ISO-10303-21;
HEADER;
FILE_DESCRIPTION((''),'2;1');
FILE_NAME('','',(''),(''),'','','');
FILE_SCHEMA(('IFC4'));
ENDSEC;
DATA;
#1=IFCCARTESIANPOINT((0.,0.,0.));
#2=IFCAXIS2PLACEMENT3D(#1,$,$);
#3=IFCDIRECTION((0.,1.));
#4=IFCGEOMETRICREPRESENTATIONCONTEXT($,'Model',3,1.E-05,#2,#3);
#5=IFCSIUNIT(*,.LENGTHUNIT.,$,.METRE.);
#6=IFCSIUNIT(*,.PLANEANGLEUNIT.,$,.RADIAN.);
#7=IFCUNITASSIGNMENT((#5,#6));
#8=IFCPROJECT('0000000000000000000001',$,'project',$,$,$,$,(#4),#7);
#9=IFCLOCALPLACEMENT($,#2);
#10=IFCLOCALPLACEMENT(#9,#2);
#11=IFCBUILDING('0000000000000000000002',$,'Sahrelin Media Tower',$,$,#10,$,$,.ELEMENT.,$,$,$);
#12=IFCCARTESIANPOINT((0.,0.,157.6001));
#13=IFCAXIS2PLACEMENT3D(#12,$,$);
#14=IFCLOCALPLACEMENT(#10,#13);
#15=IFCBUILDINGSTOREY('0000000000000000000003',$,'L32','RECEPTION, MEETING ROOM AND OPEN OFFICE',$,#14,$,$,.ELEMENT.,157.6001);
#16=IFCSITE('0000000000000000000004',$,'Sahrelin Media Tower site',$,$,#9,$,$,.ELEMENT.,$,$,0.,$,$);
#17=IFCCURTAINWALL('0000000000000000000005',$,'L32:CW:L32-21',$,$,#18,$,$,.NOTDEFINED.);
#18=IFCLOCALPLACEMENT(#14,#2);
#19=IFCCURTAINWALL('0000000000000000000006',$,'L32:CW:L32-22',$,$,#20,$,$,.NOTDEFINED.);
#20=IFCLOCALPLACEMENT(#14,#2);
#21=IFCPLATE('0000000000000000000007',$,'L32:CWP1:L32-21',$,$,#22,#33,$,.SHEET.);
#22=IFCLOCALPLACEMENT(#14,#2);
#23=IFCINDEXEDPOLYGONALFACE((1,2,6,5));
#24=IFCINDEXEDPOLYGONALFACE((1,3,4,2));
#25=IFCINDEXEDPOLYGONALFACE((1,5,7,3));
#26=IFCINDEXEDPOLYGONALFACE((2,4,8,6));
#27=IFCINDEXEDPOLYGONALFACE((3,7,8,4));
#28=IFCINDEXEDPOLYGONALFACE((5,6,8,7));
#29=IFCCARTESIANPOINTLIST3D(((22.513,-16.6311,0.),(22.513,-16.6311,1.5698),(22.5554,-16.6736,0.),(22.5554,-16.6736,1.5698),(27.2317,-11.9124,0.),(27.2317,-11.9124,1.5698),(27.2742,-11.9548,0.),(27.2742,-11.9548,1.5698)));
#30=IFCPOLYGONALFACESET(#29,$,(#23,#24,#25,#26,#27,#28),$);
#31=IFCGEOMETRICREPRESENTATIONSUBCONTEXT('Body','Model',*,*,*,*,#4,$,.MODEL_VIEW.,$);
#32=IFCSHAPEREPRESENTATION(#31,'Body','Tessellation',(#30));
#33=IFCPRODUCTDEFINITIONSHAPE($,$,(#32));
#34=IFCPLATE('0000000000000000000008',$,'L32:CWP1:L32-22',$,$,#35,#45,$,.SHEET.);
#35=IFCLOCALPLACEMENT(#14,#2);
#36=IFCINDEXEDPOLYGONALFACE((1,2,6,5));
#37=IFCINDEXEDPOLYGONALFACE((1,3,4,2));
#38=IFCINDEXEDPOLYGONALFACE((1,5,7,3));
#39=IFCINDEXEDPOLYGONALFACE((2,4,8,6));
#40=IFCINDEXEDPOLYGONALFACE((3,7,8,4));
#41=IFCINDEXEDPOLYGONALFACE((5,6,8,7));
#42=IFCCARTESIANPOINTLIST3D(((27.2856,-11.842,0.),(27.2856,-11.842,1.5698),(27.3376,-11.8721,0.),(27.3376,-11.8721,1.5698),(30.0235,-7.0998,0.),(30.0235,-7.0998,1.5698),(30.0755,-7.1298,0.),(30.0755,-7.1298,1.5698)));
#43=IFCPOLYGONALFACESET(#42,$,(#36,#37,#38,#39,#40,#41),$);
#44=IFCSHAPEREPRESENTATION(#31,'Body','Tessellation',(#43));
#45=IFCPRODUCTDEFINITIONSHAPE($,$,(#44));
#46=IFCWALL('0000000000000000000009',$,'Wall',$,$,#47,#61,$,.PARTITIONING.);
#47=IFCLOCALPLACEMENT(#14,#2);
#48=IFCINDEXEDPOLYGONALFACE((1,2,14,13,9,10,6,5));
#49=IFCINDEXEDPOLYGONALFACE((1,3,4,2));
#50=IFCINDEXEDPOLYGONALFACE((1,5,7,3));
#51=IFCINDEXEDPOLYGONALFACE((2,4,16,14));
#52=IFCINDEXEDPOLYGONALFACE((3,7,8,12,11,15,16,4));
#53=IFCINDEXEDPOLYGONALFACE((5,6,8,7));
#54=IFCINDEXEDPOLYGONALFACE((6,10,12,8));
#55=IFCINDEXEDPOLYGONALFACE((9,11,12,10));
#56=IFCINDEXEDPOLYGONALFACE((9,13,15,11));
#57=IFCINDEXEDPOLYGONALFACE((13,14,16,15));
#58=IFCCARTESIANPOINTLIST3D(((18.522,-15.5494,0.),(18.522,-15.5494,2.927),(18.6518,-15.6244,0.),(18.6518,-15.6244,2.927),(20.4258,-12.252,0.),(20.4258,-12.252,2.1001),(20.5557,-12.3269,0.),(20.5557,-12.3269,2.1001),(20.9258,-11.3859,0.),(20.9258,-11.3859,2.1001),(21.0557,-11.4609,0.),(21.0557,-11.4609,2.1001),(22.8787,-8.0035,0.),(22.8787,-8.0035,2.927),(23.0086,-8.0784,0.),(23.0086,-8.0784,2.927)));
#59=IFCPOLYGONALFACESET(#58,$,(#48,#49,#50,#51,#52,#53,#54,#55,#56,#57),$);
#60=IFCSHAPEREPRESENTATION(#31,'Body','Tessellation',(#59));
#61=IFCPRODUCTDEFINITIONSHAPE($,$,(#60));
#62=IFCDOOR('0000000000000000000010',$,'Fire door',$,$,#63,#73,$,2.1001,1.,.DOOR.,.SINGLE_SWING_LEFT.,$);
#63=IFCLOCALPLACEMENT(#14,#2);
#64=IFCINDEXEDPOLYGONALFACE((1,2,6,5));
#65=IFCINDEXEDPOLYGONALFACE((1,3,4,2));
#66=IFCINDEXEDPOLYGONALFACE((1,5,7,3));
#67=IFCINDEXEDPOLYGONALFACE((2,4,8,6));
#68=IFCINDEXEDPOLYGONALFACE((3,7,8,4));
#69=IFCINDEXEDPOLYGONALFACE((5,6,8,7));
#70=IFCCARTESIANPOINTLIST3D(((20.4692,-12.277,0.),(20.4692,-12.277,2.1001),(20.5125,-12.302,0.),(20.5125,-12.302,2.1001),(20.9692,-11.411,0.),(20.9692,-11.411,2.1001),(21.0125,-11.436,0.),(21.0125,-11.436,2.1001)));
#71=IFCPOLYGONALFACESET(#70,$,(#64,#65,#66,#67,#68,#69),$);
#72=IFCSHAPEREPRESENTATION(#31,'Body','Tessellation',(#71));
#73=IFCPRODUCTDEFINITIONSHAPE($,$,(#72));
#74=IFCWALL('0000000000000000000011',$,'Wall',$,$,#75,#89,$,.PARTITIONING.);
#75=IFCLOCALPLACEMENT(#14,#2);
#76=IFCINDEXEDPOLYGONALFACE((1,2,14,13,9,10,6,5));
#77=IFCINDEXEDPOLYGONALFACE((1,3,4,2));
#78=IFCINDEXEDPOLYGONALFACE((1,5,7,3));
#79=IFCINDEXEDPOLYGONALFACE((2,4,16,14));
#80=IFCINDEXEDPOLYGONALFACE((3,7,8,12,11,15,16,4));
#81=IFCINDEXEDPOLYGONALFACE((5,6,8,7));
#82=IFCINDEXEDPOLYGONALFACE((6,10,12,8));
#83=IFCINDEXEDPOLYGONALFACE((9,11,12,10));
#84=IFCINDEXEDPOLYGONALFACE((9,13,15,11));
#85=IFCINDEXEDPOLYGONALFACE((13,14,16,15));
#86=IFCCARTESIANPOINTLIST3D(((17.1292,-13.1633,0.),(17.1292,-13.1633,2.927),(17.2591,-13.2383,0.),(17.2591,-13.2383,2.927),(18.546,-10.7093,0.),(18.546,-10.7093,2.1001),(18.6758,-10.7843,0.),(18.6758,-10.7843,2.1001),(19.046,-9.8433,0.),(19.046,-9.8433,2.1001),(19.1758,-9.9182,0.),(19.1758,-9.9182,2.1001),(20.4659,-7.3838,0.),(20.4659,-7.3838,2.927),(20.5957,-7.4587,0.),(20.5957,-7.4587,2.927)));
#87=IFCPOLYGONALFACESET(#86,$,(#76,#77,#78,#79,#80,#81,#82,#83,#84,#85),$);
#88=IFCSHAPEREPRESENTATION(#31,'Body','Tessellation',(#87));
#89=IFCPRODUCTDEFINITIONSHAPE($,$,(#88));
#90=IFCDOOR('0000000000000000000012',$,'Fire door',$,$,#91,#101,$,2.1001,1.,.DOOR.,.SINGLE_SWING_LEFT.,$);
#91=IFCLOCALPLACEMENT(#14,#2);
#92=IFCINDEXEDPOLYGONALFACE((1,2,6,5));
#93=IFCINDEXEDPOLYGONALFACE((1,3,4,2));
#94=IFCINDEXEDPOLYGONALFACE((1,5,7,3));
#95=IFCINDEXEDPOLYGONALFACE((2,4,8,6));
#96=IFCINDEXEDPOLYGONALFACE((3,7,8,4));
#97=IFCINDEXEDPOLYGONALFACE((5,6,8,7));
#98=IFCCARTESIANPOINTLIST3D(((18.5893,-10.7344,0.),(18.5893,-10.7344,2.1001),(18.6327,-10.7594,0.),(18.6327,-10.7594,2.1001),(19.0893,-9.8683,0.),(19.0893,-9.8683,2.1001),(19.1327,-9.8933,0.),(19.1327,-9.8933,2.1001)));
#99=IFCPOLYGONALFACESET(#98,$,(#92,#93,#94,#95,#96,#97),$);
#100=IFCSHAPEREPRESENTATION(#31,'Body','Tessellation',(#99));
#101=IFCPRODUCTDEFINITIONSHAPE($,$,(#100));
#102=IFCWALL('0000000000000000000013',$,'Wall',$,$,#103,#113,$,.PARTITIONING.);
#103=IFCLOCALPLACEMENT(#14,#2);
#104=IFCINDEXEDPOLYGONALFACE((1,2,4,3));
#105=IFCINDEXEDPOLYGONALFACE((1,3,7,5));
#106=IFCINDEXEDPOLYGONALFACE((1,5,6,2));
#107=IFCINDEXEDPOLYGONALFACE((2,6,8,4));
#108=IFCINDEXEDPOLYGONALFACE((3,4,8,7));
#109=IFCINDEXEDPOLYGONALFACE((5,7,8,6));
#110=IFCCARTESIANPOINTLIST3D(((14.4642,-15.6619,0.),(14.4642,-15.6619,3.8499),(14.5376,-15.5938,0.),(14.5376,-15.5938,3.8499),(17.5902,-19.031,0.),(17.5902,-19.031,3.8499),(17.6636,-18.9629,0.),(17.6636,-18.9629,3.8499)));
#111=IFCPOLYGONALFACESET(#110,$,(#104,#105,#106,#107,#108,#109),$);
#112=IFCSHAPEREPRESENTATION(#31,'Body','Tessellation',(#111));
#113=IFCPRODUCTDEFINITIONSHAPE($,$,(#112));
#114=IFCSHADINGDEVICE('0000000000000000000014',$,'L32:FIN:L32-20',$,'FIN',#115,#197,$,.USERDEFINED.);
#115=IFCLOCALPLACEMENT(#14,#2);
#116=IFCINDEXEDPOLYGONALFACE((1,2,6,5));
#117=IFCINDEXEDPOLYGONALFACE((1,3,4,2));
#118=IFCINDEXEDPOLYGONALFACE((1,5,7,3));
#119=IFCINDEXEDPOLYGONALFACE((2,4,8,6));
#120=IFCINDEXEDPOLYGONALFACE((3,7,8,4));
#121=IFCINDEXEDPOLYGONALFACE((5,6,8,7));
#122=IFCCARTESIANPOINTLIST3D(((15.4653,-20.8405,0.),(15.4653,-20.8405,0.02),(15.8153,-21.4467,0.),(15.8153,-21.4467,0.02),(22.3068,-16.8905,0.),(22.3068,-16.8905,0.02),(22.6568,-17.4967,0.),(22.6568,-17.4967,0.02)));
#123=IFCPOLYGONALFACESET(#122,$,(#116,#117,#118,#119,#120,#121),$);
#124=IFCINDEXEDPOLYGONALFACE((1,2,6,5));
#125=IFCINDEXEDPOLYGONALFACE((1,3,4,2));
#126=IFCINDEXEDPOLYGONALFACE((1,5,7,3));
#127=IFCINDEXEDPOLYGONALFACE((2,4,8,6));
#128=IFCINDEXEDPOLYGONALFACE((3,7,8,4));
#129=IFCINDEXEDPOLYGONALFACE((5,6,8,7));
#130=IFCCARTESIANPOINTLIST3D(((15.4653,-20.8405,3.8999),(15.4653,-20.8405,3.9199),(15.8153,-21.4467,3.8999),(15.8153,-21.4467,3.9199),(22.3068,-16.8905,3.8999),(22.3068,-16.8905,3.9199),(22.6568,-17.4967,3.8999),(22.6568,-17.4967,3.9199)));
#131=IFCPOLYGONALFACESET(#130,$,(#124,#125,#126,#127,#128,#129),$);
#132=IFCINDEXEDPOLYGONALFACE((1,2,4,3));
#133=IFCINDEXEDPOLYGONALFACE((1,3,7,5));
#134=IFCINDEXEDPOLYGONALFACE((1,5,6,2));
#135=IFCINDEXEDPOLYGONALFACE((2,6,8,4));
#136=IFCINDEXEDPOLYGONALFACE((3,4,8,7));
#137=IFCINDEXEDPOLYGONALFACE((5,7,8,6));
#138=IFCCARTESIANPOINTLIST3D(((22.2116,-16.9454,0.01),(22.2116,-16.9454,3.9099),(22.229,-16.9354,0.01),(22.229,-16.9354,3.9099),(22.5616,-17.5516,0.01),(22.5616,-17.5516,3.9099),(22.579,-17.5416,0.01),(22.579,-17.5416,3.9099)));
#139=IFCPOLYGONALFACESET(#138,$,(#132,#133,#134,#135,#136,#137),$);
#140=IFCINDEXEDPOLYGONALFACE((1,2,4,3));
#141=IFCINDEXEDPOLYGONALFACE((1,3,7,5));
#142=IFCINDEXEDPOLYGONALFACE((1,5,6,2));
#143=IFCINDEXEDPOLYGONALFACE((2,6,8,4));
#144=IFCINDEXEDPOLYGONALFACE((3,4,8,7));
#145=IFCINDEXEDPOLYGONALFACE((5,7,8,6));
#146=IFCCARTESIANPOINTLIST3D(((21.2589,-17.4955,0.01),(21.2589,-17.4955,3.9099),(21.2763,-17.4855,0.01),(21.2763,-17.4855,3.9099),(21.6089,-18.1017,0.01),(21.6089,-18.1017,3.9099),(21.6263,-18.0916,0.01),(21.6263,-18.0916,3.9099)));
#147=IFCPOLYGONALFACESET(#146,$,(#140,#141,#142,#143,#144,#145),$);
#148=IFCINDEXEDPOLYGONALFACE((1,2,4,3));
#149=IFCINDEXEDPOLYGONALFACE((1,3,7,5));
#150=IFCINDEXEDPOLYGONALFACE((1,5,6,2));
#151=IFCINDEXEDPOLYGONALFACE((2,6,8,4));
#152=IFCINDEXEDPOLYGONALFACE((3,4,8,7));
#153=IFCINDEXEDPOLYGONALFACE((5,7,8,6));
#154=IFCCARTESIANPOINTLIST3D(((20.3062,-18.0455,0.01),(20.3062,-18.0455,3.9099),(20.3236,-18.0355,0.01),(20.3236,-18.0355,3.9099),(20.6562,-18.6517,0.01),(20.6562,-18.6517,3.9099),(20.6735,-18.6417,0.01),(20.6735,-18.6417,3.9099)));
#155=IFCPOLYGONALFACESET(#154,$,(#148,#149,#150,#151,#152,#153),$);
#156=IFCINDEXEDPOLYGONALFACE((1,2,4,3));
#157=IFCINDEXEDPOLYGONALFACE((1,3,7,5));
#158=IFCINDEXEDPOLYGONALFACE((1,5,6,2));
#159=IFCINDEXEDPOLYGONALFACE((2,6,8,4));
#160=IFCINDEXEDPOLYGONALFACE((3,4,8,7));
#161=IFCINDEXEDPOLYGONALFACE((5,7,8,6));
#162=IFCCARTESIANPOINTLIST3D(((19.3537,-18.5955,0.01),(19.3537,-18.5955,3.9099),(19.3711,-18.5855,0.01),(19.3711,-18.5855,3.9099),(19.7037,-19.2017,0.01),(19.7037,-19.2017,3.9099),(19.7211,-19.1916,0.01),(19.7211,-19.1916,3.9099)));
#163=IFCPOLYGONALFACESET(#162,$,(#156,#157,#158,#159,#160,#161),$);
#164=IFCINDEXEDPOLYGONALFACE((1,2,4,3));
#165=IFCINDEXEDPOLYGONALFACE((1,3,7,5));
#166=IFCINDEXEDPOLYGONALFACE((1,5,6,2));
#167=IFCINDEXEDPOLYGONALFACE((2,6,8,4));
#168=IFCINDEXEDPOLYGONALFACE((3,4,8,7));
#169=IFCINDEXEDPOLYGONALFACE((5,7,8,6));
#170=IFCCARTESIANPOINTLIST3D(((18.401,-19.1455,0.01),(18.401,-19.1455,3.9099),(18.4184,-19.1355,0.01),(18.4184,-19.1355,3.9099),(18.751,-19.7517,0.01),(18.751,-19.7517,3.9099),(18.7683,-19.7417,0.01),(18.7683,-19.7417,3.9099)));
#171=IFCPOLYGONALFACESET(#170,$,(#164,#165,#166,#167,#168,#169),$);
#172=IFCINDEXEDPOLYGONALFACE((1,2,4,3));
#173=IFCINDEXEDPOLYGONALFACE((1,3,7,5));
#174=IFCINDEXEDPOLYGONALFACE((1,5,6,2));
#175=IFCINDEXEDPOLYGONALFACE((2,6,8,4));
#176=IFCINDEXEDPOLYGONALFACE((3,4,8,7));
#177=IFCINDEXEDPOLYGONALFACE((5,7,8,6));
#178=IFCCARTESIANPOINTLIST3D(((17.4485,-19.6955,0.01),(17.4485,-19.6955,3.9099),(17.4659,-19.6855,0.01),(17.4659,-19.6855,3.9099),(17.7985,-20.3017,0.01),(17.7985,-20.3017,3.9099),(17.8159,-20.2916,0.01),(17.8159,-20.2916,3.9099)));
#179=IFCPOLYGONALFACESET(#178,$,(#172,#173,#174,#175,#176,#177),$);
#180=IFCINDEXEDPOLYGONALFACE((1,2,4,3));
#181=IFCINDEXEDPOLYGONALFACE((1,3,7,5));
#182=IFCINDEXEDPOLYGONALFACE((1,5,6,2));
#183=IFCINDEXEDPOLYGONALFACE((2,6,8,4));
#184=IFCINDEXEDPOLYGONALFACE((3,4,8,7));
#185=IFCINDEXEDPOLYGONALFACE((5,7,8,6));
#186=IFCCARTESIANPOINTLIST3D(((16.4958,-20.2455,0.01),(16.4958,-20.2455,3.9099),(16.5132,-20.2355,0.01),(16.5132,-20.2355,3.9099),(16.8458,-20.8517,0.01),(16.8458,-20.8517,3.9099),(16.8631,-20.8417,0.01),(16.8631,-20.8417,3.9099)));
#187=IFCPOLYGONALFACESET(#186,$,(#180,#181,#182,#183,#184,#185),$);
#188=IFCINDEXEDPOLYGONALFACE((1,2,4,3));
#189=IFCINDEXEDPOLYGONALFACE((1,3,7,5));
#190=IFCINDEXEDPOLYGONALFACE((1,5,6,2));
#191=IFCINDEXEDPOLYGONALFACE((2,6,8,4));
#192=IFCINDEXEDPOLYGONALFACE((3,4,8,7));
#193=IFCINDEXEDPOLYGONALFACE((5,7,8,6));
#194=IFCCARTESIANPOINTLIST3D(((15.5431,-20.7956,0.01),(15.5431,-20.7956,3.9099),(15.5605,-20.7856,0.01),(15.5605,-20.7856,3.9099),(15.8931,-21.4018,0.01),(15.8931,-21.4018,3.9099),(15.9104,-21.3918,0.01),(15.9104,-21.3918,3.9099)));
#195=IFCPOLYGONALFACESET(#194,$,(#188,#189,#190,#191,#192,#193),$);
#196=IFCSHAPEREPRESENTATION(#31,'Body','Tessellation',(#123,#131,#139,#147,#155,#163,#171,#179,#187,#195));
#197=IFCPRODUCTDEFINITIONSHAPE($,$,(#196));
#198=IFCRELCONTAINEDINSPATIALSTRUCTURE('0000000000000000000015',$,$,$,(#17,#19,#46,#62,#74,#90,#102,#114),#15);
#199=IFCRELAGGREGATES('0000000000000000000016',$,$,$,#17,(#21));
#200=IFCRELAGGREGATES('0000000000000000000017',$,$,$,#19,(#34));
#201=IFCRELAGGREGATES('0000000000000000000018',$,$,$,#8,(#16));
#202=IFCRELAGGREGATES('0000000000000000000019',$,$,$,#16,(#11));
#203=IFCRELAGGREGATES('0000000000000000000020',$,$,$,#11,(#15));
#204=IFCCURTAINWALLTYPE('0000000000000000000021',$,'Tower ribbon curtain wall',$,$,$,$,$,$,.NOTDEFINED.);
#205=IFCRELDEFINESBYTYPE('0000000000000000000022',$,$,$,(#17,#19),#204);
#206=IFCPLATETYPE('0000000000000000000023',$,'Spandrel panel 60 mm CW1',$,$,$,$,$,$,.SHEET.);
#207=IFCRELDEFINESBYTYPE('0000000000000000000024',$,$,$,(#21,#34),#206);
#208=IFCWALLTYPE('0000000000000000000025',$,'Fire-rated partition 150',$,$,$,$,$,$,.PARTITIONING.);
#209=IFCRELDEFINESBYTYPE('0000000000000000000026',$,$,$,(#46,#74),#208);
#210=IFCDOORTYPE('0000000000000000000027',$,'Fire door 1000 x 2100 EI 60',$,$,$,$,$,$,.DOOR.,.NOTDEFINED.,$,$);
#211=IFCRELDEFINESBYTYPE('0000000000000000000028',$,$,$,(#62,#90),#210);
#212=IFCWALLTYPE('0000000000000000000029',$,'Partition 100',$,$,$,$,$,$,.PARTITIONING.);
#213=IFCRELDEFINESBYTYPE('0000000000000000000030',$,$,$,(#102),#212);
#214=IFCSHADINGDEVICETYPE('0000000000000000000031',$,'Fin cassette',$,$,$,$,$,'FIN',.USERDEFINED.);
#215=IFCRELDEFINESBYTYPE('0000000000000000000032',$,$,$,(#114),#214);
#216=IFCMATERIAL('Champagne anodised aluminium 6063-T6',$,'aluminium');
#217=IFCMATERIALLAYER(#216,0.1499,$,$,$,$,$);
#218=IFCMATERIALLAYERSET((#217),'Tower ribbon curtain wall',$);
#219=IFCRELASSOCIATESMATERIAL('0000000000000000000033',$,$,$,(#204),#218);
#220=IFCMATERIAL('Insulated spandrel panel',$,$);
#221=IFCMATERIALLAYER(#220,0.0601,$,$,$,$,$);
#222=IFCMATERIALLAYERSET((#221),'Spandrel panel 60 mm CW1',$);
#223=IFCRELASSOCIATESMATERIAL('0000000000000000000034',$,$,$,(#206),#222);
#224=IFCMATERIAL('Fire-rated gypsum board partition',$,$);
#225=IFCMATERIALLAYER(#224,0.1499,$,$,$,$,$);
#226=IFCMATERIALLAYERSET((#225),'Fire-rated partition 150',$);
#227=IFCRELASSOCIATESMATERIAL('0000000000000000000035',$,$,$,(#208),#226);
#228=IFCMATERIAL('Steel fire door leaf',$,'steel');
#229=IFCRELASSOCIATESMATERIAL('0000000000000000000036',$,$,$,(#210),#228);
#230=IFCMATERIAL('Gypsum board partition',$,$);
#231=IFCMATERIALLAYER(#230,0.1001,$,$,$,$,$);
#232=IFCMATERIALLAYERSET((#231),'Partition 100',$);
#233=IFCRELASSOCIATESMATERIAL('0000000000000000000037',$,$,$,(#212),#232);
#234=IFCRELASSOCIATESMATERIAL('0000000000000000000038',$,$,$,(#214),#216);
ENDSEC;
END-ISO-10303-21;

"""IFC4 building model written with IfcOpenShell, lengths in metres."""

from ifc_helpers import new_model, si_unit, direction, frame, frame_2d, origin, origin_2d, place, context, subcontext, project, spatial, polyline, rectangle, outline, extrude, material, layer, layer_set, type_object, element, fill, aggregate, save


model = new_model("IFC4")

# Units and contexts
model_context = context("Model", 3, precision=1e-05, world=origin(), true_north=direction((0.0, 1.0)))
body_context = subcontext(model_context, "Body", "Model", "MODEL_VIEW")
ifc_project = project(units=[si_unit("LENGTHUNIT", "METRE"), si_unit("PLANEANGLEUNIT", "RADIAN")], contexts=[model_context])

# Site, building, storey
site_placement = place(None, origin())
site = spatial("IfcSite", under=ifc_project, at=site_placement, Name="Sahrelin Media Tower site", CompositionType="ELEMENT", RefElevation=0.0)
building_placement = place(site_placement, origin())
building = spatial("IfcBuilding", under=site, at=building_placement, Name="Sahrelin Media Tower", CompositionType="ELEMENT")
storey_placement = place(building_placement, frame((0.0, 0.0, 157.6001)))
storey = spatial("IfcBuildingStorey", under=building, at=storey_placement, Name="L32", Description="RECEPTION, MEETING ROOM AND OPEN OFFICE", CompositionType="ELEMENT", Elevation=157.6001)

# Curtain wall
ifc_material_1 = material(Name="Champagne anodised aluminium 6063-T6", Category="aluminium")
ifc_layer_1 = layer(ifc_material_1, 0.1499)
ifc_layer_set_1 = layer_set([ifc_layer_1], Name="Tower ribbon curtain wall")
curtain_wall_type = type_object("IfcCurtainWallType", Name="Tower ribbon curtain wall", PredefinedType="NOTDEFINED", material=ifc_layer_set_1)
curtain_wall_1_placement = place(storey_placement, frame((24.9004, -14.3, 0.0), z_axis=(0.0, 0.0, 1.0), x_axis=(1.0, 0.0, 0.0)))
curtain_wall_1 = element("IfcCurtainWall", 1, at=curtain_wall_1_placement, inside=storey, type_object=curtain_wall_type, Name="L32:CW:L32-21", PredefinedType="NOTDEFINED")

# Curtain wall
curtain_wall_2_placement = place(storey_placement, frame((28.6892, -9.491, 0.0), z_axis=(0.0, 0.0, 1.0), x_axis=(1.0, 0.0, 0.0)))
curtain_wall_2 = element("IfcCurtainWall", 2, at=curtain_wall_2_placement, inside=storey, type_object=curtain_wall_type, Name="L32:CW:L32-22", PredefinedType="NOTDEFINED")

# Plates
ifc_material_2 = material(Name="Insulated spandrel panel")
ifc_layer_2 = layer(ifc_material_2, 0.0601)
ifc_layer_set_2 = layer_set([ifc_layer_2], Name="Spandrel panel 60 mm CW1")
plate_type_1 = type_object("IfcPlateType", Name="Spandrel panel 60 mm CW1", PredefinedType="SHEET", material=ifc_layer_set_2)
plate_1_placement = place(storey_placement, frame((22.5554, -16.6736, 0.0), z_axis=(0.707107, -0.707107, 0.0), x_axis=(0.707107, 0.707107, 0.0)))
plate_1 = element("IfcPlate", 3, at=plate_1_placement, type_object=plate_type_1, Name="L32:CWP1:L32-21", PredefinedType="SHEET", context=body_context, shape_type="SweptSolid", body=[
    extrude(outline(polyline([(0.0, 0.0), (6.6733, 0.0), (6.6733, 1.5698), (0.0, 1.5698), (0.0, 0.0)])), origin(), (0.0, 0.0, -1.0), 0.0601),
])
aggregate(curtain_wall_1, [plate_1])
plate_2_placement = place(storey_placement, frame((27.3376, -11.8721, 0.0), z_axis=(0.866034, -0.499985, 0.0), x_axis=(0.499985, 0.866034, 0.0)))
plate_2 = element("IfcPlate", 4, at=plate_2_placement, type_object=plate_type_1, Name="L32:CWP1:L32-22", PredefinedType="SHEET", context=body_context, shape_type="SweptSolid", body=[
    extrude(outline(polyline([(0.0, 0.0), (5.4758, 0.0), (5.4758, 1.5698), (0.0, 1.5698), (0.0, 0.0)])), origin(), (0.0, 0.0, -1.0), 0.0601),
])
aggregate(curtain_wall_2, [plate_2])

# Walls, openings, doors
ifc_material_3 = material(Name="Fire-rated gypsum board partition")
ifc_layer_3 = layer(ifc_material_3, 0.1499)
ifc_layer_set_3 = layer_set([ifc_layer_3], Name="Fire-rated partition 150")
wall_type_1 = type_object("IfcWallType", Name="Fire-rated partition 150", PredefinedType="PARTITIONING", material=ifc_layer_set_3)
wall_1_placement = place(storey_placement, frame((18.5869, -15.5869, 0.0), z_axis=(0.0, 0.0, 1.0), x_axis=(0.500005, 0.866022, 0.0)))
wall_1 = element("IfcWall", 5, at=wall_1_placement, inside=storey, type_object=wall_type_1, Name="Wall", PredefinedType="PARTITIONING", context=body_context, shape_type="SweptSolid", body=[
    extrude(rectangle(XDim=8.7134, YDim=0.1499, at=frame_2d((4.3567, 0.0))), origin(), (0.0, 0.0, 1.0), 2.927),
])
opening_1_placement = place(wall_1_placement, frame((3.8076, 0.0, 0.0)))
opening_1 = element("IfcOpeningElement", 6, at=opening_1_placement, cuts=wall_1, PredefinedType="OPENING", context=body_context, shape_type="SweptSolid", body=[
    extrude(rectangle(XDim=1.0, YDim=2.1001, at=frame_2d((0.5, 1.05))), frame((0.0, 0.075, 0.0), z_axis=(0.0, -1.0, 0.0), x_axis=(1.0, 0.0, 0.0)), (0.0, 0.0, 1.0), 0.1499),
])
ifc_material_4 = material(Name="Steel fire door leaf", Category="steel")
door_type = type_object("IfcDoorType", Name="Fire door 1000 x 2100 EI 60", OperationType="NOTDEFINED", PredefinedType="DOOR", material=ifc_material_4)
door_1_placement = place(opening_1_placement, origin())
door_1 = element("IfcDoor", 7, at=door_1_placement, inside=storey, type_object=door_type, Name="Fire door", OperationType="SINGLE_SWING_LEFT", OverallHeight=2.1001, OverallWidth=1.0, PredefinedType="DOOR", context=body_context, shape_type="SweptSolid", body=[
    extrude(rectangle(XDim=1.0, YDim=2.1001, at=frame_2d((0.5, 1.05))), frame((0.0, 0.0249, 0.0), z_axis=(0.0, -1.0, 0.0), x_axis=(1.0, 0.0, 0.0)), (0.0, 0.0, 1.0), 0.05),
])
fill(opening_1, door_1)
wall_2_placement = place(storey_placement, frame((17.1941, -13.2009, 0.0), z_axis=(0.0, 0.0, 1.0), x_axis=(0.499983, 0.866035, 0.0)))
wall_2 = element("IfcWall", 8, at=wall_2_placement, inside=storey, type_object=wall_type_1, Name="Wall", PredefinedType="PARTITIONING", context=body_context, shape_type="SweptSolid", body=[
    extrude(rectangle(XDim=6.6736, YDim=0.1499, at=frame_2d((3.3369, 0.0))), origin(), (0.0, 0.0, 1.0), 2.927),
])
opening_2_placement = place(wall_2_placement, frame((2.8337, 0.0, 0.0)))
opening_2 = element("IfcOpeningElement", 9, at=opening_2_placement, cuts=wall_2, PredefinedType="OPENING", context=body_context, shape_type="SweptSolid", body=[
    extrude(rectangle(XDim=1.0, YDim=2.1001, at=frame_2d((0.5, 1.05))), frame((0.0, 0.075, 0.0), z_axis=(0.0, -1.0, 0.0), x_axis=(1.0, 0.0, 0.0)), (0.0, 0.0, 1.0), 0.1499),
])
door_2_placement = place(opening_2_placement, origin())
door_2 = element("IfcDoor", 10, at=door_2_placement, inside=storey, type_object=door_type, Name="Fire door", OperationType="SINGLE_SWING_LEFT", OverallHeight=2.1001, OverallWidth=1.0, PredefinedType="DOOR", context=body_context, shape_type="SweptSolid", body=[
    extrude(rectangle(XDim=1.0, YDim=2.1001, at=frame_2d((0.5, 1.05))), frame((0.0, 0.0249, 0.0), z_axis=(0.0, -1.0, 0.0), x_axis=(1.0, 0.0, 0.0)), (0.0, 0.0, 1.0), 0.05),
])
fill(opening_2, door_2)

# Wall
ifc_material_5 = material(Name="Gypsum board partition")
ifc_layer_4 = layer(ifc_material_5, 0.1001)
ifc_layer_set_4 = layer_set([ifc_layer_4], Name="Partition 100")
wall_type_2 = type_object("IfcWallType", Name="Partition 100", PredefinedType="PARTITIONING", material=ifc_layer_set_4)
wall_3_placement = place(storey_placement, frame((14.501, -15.6279, 0.0), z_axis=(0.0, 0.0, 1.0), x_axis=(0.680158, -0.733066, 0.0)))
element("IfcWall", 11, at=wall_3_placement, inside=storey, type_object=wall_type_2, Name="Wall", PredefinedType="PARTITIONING", context=body_context, shape_type="SweptSolid", body=[
    extrude(rectangle(XDim=4.5959, YDim=0.1001, at=frame_2d((2.2979, 0.0))), origin(), (0.0, 0.0, 1.0), 3.8499),
])

# Shading device
shading_device_type_1 = type_object("IfcShadingDeviceType", Name="Fin cassette", ElementType="FIN", PredefinedType="USERDEFINED", material=ifc_material_1)
placement_1 = place(storey_placement, frame((18.8511, -18.8049, 0.0), z_axis=(0.0, 0.0, 1.0), x_axis=(-0.866019, -0.500011, 0.0)))
element("IfcShadingDevice", 12, at=placement_1, inside=storey, type_object=shading_device_type_1, Name="L32:FIN:L32-20", ObjectType="FIN", PredefinedType="USERDEFINED", context=body_context, shape_type="SweptSolid", body=[
    extrude(rectangle(XDim=7.8999, YDim=0.7, at=origin_2d()), frame((0.0, 0.4199, 0.0)), (0.0, 0.0, 1.0), 0.02),
    extrude(rectangle(XDim=7.8999, YDim=0.7, at=origin_2d()), frame((0.0, 0.4199, 3.8999)), (0.0, 0.0, 1.0), 0.02),
    extrude(rectangle(XDim=0.02, YDim=0.7, at=origin_2d()), frame((-3.8501, 0.4199, 0.01), z_axis=(0.0, 0.0, 1.0), x_axis=(1.0, 0.0, 0.0)), (0.0, 0.0, 1.0), 3.8999),
    extrude(rectangle(XDim=0.02, YDim=0.7, at=origin_2d()), frame((-2.75, 0.4199, 0.01), z_axis=(0.0, 0.0, 1.0), x_axis=(1.0, 0.0, 0.0)), (0.0, 0.0, 1.0), 3.8999),
    extrude(rectangle(XDim=0.02, YDim=0.7, at=origin_2d()), frame((-1.6499, 0.4199, 0.01), z_axis=(0.0, 0.0, 1.0), x_axis=(1.0, 0.0, 0.0)), (0.0, 0.0, 1.0), 3.8999),
    extrude(rectangle(XDim=0.02, YDim=0.7, at=origin_2d()), frame((-0.55, 0.4199, 0.01), z_axis=(0.0, 0.0, 1.0), x_axis=(1.0, 0.0, 0.0)), (0.0, 0.0, 1.0), 3.8999),
    extrude(rectangle(XDim=0.02, YDim=0.7, at=origin_2d()), frame((0.55, 0.4199, 0.01), z_axis=(0.0, 0.0, 1.0), x_axis=(1.0, 0.0, 0.0)), (0.0, 0.0, 1.0), 3.8999),
    extrude(rectangle(XDim=0.02, YDim=0.7, at=origin_2d()), frame((1.6499, 0.4199, 0.01), z_axis=(0.0, 0.0, 1.0), x_axis=(1.0, 0.0, 0.0)), (0.0, 0.0, 1.0), 3.8999),
    extrude(rectangle(XDim=0.02, YDim=0.7, at=origin_2d()), frame((2.75, 0.4199, 0.01), z_axis=(0.0, 0.0, 1.0), x_axis=(1.0, 0.0, 0.0)), (0.0, 0.0, 1.0), 3.8999),
    extrude(rectangle(XDim=0.02, YDim=0.7, at=origin_2d()), frame((3.8501, 0.4199, 0.01), z_axis=(0.0, 0.0, 1.0), x_axis=(1.0, 0.0, 0.0)), (0.0, 0.0, 1.0), 3.8999),
])

save(model, "model.ifc")
